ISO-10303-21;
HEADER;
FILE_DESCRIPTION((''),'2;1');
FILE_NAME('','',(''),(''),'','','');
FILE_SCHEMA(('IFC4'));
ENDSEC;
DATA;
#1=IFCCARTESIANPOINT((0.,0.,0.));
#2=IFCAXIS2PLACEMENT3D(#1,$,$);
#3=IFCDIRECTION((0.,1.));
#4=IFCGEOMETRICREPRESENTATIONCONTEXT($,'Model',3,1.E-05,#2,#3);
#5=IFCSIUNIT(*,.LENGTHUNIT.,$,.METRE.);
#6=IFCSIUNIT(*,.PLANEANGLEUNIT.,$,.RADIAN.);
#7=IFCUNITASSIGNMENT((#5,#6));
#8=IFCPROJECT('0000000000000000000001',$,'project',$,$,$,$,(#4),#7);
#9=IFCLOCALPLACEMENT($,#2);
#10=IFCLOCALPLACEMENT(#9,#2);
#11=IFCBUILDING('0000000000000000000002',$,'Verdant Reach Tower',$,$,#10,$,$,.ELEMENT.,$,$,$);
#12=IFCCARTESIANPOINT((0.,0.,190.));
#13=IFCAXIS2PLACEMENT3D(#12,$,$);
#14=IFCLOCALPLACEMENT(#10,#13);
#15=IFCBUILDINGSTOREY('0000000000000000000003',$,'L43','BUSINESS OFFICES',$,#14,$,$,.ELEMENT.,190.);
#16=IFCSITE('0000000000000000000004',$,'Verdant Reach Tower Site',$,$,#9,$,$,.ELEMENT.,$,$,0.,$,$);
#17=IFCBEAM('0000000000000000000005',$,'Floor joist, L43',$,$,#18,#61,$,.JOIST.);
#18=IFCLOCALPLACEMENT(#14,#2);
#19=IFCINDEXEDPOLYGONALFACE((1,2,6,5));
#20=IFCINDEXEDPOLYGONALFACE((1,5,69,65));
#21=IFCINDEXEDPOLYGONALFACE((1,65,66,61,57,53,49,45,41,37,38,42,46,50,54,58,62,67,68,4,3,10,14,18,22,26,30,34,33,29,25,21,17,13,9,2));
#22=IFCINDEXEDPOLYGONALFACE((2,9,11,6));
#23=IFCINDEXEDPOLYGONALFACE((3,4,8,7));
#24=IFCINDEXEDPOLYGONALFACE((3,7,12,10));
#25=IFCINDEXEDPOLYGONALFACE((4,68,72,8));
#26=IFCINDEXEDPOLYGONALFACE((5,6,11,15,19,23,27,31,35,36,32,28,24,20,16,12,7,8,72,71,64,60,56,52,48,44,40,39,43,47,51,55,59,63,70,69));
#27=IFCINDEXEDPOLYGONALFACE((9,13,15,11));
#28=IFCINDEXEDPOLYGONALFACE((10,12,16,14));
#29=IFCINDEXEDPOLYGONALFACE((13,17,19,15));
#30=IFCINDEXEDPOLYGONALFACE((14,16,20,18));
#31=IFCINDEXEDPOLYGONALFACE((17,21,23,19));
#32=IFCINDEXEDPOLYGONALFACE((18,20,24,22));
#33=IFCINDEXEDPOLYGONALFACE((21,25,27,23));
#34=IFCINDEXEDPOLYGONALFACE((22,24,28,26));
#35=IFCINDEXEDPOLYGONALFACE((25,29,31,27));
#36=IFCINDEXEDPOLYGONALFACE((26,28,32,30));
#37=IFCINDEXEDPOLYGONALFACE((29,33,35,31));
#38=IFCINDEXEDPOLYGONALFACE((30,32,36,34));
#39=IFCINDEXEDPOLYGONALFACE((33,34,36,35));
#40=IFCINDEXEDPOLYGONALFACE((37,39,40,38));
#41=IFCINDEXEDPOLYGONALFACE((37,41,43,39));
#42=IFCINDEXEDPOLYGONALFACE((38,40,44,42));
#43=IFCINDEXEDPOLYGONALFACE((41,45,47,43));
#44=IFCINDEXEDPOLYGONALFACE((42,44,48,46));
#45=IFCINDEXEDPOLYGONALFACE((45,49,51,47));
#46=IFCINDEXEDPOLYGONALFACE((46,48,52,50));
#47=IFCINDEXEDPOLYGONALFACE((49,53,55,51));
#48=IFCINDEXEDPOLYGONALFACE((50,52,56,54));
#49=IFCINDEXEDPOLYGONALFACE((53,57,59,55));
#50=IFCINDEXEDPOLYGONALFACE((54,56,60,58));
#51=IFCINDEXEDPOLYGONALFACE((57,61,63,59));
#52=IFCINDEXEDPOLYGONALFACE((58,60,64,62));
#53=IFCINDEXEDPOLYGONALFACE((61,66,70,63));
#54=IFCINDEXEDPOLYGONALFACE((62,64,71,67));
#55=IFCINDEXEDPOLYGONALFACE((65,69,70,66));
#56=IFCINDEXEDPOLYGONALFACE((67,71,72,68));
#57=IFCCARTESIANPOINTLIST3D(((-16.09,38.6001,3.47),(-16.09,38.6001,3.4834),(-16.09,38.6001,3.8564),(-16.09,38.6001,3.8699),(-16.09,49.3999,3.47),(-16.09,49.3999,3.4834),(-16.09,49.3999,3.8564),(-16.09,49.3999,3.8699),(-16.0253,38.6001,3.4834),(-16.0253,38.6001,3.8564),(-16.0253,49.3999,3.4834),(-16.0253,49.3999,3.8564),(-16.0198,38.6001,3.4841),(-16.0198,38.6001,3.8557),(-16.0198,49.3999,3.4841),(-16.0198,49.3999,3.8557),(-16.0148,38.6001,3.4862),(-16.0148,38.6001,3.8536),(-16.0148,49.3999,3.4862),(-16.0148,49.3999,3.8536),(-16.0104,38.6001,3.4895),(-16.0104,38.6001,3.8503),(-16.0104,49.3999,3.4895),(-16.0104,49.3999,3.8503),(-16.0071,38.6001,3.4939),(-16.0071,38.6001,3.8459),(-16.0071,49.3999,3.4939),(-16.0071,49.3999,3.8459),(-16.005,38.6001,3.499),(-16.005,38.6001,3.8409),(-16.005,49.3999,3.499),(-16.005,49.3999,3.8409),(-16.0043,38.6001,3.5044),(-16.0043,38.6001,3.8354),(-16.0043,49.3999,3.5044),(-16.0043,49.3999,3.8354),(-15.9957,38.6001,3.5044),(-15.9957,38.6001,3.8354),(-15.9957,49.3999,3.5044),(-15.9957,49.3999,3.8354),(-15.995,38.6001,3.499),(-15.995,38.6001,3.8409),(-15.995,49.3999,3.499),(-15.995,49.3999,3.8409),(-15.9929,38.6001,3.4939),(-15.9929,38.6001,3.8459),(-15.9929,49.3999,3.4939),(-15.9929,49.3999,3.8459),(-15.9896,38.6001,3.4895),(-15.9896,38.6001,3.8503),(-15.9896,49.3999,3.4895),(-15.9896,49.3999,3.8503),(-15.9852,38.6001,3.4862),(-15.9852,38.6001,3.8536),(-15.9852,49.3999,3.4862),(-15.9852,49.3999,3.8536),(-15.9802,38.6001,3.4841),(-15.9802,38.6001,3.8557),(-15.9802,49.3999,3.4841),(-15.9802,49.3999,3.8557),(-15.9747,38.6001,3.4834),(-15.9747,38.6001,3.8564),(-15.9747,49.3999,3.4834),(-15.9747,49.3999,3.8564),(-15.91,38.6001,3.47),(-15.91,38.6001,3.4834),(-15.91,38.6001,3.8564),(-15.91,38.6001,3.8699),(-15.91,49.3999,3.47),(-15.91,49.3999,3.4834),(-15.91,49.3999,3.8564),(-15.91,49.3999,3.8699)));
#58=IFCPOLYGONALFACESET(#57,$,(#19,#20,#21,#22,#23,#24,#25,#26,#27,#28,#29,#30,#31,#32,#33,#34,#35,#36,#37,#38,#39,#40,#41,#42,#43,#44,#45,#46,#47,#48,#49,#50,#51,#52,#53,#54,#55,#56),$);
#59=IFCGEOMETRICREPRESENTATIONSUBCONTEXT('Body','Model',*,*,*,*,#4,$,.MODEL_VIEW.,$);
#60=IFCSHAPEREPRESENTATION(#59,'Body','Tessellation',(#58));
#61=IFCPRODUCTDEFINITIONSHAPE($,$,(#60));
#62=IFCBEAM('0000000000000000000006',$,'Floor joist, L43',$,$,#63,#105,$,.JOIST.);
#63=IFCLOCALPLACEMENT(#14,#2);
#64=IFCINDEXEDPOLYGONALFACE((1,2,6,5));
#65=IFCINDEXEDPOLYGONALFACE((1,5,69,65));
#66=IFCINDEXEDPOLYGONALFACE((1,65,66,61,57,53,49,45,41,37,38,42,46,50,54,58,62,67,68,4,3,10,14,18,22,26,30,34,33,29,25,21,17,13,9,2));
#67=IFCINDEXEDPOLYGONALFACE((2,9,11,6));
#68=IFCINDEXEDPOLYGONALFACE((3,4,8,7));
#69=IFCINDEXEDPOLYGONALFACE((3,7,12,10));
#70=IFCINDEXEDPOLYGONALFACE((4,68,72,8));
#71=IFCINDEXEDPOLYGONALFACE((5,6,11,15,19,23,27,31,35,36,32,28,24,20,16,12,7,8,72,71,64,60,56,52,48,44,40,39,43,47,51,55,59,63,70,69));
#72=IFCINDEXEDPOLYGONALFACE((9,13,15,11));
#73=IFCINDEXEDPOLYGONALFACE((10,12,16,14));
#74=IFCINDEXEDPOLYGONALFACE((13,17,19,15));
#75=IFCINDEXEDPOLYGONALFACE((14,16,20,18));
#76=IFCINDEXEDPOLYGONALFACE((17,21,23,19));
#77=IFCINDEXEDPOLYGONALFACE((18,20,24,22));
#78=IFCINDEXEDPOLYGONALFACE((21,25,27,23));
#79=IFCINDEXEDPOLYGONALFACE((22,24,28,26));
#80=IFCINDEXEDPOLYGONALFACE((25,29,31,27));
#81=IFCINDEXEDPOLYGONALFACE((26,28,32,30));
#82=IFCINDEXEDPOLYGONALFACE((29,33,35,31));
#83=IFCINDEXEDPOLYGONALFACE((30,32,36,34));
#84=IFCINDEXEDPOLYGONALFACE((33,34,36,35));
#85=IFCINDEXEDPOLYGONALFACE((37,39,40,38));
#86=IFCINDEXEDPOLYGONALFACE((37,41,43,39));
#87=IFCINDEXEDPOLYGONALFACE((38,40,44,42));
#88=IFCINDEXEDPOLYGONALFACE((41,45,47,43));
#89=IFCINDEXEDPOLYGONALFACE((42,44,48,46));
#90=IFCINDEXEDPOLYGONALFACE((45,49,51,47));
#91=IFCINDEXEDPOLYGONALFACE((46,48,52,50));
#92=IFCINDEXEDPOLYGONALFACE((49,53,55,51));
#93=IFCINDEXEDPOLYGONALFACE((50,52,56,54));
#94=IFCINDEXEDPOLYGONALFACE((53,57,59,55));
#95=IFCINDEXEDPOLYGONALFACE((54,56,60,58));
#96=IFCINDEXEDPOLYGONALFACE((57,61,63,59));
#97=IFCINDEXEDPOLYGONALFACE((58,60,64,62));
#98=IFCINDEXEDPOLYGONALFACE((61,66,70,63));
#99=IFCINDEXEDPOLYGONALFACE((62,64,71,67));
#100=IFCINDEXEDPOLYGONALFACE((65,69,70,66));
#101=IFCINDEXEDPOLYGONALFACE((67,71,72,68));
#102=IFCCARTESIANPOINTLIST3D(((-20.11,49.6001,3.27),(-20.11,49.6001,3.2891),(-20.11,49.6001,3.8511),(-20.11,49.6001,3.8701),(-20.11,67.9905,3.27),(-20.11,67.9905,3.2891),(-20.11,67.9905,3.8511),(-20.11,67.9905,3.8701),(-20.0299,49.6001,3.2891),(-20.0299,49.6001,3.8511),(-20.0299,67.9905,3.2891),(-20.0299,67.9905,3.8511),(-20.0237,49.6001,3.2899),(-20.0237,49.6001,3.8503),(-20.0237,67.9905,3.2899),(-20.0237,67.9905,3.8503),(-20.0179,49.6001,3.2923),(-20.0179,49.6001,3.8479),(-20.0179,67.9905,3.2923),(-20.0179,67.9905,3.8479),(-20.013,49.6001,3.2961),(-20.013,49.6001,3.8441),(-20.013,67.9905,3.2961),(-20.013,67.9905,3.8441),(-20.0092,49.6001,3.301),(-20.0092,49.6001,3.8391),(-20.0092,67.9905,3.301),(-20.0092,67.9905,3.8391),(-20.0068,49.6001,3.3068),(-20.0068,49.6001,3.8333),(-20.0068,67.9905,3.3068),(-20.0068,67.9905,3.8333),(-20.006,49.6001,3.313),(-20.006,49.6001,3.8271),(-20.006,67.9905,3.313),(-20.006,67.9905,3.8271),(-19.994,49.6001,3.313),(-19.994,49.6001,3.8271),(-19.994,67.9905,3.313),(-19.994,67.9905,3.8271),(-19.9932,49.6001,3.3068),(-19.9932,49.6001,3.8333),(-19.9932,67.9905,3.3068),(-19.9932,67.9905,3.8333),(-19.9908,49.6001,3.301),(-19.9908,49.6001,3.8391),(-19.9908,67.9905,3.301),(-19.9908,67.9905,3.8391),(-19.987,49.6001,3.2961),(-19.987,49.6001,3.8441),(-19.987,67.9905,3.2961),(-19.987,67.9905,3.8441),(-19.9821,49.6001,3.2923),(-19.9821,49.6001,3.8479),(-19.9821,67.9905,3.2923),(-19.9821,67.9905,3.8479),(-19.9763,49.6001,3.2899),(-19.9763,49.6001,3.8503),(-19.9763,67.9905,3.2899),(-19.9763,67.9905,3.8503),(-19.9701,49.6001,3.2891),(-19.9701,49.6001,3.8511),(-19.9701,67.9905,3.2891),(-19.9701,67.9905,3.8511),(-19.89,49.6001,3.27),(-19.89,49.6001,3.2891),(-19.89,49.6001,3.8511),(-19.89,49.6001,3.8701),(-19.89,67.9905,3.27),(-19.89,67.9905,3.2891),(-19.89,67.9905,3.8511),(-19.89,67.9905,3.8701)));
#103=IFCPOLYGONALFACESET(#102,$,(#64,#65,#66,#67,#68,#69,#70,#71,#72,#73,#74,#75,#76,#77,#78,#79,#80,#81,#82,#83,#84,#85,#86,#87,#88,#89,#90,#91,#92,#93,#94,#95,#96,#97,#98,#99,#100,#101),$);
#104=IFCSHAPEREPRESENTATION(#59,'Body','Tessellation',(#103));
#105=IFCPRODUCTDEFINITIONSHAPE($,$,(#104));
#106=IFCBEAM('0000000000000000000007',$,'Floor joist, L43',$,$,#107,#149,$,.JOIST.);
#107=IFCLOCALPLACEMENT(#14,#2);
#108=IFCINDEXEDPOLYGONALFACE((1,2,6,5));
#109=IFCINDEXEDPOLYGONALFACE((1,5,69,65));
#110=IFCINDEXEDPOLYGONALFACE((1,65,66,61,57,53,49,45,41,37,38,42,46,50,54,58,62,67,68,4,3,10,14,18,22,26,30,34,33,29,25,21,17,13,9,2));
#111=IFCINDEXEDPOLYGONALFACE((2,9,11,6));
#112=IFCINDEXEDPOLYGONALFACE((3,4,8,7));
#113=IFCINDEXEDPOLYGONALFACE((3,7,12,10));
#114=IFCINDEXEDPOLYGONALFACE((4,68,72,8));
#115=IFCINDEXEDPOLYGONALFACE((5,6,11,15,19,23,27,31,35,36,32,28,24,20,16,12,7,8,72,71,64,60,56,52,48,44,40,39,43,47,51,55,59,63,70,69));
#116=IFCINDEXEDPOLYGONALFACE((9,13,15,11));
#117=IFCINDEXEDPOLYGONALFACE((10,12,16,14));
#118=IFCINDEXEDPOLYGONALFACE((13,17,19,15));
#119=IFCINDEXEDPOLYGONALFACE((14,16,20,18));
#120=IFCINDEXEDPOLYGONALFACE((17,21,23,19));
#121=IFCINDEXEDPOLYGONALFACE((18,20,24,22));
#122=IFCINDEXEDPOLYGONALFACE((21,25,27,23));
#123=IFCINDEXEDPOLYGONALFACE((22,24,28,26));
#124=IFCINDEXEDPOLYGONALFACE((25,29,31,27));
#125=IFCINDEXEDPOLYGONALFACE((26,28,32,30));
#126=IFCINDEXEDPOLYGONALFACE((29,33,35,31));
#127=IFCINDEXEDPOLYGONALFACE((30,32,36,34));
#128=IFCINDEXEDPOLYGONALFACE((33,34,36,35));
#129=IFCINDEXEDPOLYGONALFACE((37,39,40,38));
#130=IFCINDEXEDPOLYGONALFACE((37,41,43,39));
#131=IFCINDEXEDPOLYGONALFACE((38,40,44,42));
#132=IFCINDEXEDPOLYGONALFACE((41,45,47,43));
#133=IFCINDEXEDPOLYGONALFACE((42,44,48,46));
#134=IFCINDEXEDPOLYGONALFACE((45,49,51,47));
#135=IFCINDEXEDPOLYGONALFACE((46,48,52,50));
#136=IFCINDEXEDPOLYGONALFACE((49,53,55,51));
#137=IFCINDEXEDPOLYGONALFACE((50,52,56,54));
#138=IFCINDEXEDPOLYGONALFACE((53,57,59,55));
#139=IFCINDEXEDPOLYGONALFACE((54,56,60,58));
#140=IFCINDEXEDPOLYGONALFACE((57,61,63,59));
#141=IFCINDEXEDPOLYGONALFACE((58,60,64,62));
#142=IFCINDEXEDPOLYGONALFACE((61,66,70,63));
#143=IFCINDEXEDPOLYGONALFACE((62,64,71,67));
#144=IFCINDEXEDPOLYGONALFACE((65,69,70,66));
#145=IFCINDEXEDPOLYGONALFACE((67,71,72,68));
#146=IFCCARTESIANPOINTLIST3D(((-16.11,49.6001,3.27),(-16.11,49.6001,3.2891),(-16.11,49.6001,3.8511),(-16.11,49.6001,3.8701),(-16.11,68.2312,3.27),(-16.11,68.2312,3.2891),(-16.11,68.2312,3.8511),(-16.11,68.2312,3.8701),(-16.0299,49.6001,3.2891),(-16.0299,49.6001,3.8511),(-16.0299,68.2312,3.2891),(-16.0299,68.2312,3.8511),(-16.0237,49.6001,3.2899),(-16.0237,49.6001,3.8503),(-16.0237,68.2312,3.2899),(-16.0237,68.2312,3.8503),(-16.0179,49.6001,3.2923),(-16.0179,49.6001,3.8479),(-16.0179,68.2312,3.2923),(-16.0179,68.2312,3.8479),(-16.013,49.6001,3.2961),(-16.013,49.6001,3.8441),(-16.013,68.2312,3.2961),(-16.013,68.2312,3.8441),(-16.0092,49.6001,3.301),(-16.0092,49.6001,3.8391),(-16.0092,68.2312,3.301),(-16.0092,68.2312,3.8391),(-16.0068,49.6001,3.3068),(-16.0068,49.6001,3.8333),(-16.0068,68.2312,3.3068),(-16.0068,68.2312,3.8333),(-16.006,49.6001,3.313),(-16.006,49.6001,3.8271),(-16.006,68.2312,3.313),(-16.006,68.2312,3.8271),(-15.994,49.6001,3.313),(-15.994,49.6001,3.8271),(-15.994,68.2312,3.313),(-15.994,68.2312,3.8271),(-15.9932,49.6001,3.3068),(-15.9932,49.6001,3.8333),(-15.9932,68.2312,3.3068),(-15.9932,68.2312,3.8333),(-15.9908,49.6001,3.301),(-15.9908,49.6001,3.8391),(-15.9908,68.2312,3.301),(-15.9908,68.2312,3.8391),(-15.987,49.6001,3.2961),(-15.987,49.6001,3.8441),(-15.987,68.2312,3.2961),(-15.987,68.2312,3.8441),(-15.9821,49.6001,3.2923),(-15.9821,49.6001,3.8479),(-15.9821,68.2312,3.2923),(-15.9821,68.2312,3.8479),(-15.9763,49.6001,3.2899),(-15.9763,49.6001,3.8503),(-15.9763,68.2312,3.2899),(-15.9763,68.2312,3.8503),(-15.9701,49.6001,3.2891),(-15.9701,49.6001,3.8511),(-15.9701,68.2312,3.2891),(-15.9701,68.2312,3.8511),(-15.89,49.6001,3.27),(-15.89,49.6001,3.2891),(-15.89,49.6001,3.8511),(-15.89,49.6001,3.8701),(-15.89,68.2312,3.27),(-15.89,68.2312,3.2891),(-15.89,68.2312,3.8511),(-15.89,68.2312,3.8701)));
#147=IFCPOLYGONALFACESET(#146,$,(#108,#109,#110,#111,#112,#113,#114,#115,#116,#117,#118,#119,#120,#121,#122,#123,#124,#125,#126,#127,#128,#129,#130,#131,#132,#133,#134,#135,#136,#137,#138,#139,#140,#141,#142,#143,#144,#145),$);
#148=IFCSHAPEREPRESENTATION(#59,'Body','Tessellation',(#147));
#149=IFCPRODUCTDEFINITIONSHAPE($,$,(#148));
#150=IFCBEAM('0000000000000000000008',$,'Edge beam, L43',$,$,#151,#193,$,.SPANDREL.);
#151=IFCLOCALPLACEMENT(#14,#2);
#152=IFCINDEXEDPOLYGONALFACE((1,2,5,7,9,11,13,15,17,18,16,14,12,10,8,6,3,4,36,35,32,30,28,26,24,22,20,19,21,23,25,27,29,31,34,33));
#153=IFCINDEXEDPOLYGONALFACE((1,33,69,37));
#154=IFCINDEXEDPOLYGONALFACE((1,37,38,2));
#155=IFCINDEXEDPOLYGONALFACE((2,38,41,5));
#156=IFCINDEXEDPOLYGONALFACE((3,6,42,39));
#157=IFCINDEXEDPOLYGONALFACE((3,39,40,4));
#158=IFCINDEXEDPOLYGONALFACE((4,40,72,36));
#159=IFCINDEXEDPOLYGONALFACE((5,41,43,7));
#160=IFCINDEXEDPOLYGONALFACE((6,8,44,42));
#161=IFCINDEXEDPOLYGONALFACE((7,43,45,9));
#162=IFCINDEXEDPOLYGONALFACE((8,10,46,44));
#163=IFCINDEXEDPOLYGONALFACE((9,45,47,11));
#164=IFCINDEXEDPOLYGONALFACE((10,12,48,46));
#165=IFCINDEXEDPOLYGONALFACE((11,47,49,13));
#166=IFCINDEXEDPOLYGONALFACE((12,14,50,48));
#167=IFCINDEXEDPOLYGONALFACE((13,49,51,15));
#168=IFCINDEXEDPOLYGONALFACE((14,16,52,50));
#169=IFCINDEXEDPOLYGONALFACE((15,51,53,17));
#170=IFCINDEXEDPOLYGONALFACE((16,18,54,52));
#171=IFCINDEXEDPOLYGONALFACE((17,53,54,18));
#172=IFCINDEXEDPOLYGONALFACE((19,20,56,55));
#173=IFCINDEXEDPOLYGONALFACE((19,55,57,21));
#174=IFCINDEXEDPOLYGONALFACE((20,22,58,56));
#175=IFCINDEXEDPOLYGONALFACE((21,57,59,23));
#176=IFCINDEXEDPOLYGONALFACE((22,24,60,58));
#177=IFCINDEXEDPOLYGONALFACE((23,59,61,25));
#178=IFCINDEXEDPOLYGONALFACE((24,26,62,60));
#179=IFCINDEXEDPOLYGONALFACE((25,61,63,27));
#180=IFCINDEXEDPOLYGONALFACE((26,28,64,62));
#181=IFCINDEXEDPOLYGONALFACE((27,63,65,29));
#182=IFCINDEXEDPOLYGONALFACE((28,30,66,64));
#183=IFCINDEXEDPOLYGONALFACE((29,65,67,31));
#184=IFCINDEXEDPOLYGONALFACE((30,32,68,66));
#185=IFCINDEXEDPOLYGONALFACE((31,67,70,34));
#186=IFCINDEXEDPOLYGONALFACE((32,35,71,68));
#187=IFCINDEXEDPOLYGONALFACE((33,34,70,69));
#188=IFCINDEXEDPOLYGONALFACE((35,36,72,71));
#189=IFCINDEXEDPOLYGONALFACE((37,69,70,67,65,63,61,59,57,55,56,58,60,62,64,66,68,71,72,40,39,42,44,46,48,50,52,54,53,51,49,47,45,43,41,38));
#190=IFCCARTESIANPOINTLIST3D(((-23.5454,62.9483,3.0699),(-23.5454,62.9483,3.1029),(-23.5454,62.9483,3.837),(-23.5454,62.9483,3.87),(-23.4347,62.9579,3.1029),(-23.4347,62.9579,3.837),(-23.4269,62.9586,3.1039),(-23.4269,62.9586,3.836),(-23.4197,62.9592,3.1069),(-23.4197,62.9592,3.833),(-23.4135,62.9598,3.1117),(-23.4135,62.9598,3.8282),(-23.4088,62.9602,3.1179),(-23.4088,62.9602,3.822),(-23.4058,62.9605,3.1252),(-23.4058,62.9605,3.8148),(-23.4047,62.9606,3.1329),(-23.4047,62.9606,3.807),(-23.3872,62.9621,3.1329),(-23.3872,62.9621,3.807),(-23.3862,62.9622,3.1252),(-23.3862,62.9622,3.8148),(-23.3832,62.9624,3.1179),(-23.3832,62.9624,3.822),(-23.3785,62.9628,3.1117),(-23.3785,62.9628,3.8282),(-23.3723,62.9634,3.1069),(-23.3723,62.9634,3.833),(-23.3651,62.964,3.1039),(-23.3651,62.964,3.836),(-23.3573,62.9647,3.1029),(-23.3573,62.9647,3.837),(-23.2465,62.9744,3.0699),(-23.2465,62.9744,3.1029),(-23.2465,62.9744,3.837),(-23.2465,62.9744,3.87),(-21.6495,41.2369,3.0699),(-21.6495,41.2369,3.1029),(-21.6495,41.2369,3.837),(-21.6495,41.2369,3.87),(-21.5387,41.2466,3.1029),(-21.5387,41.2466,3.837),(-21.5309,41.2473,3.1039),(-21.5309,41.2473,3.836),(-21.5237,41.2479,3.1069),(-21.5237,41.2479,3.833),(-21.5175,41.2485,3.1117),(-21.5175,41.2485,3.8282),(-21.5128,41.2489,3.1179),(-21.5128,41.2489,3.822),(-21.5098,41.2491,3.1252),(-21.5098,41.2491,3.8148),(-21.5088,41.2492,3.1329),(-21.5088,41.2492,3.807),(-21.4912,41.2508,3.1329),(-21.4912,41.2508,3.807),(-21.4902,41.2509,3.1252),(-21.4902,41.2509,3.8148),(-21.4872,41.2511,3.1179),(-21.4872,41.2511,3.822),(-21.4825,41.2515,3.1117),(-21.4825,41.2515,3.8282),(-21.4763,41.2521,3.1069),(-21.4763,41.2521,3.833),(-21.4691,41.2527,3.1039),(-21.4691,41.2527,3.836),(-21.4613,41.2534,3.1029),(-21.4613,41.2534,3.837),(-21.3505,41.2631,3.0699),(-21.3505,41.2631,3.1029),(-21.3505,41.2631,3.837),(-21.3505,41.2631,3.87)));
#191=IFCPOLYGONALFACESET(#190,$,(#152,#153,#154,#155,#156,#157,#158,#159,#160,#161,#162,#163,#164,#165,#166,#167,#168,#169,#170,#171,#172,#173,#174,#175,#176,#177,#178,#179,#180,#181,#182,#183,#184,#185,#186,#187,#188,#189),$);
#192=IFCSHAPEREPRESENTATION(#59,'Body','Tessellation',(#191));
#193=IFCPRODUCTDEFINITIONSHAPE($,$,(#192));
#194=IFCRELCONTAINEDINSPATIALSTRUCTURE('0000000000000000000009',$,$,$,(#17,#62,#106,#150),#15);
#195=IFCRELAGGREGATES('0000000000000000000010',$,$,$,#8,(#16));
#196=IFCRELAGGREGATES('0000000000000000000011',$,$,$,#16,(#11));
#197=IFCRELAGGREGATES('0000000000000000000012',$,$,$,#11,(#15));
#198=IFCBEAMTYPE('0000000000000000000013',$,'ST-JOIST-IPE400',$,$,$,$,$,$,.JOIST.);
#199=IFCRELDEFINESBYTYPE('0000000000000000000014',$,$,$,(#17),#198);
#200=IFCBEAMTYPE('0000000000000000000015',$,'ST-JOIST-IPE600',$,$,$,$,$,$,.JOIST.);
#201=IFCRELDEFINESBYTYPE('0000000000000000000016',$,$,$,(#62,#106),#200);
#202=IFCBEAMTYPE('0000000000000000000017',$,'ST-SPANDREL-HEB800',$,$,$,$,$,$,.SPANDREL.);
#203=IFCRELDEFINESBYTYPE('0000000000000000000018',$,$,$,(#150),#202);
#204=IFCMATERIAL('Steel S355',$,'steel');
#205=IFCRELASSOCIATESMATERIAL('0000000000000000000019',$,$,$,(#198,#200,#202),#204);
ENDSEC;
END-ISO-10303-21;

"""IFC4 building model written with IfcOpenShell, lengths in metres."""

from ifc_helpers import new_model, si_unit, direction, frame, origin, origin_2d, place, context, subcontext, project, spatial, i_section, extrude, material, material_profile, profile_set, type_object, element, save


model = new_model("IFC4")

# Units and contexts
model_context = context("Model", 3, precision=1e-05, world=origin(), true_north=direction((0.0, 1.0)))
body_context = subcontext(model_context, "Body", "Model", "MODEL_VIEW")
ifc_project = project(units=[si_unit("LENGTHUNIT", "METRE"), si_unit("PLANEANGLEUNIT", "RADIAN")], contexts=[model_context])

# Site, building, storey
site_placement = place(None, origin())
site = spatial("IfcSite", under=ifc_project, at=site_placement, Name="Verdant Reach Tower Site", CompositionType="ELEMENT", RefElevation=0.0)
building_placement = place(site_placement, origin())
building = spatial("IfcBuilding", under=site, at=building_placement, Name="Verdant Reach Tower", CompositionType="ELEMENT")
storey_placement = place(building_placement, frame((0.0, 0.0, 190.0)))
storey = spatial("IfcBuildingStorey", under=building, at=storey_placement, Name="L43", Description="BUSINESS OFFICES", CompositionType="ELEMENT", Elevation=190.0)

# Beams
ifc_material_1 = material(Name="Steel S355", Category="steel")
ifc_material_profile_1 = material_profile(ifc_material_1, i_section(OverallWidth=0.1799, OverallDepth=0.3999, WebThickness=0.0085, FlangeThickness=0.0134, FilletRadius=0.021, at=origin_2d()), Name="IPE 400")
ifc_profile_set_1 = profile_set([ifc_material_profile_1], Name="Steel S355")
beam_type_1 = type_object("IfcBeamType", Name="ST-JOIST-IPE400", PredefinedType="JOIST", material=ifc_profile_set_1)
for number, where, z_axis, x_axis, name in (
    (1, (-16.0, 38.6001, 3.6699), (0.0, 1.0, 0.0), (-1.0, 0.0, 0.0), "Floor joist, L43"),
):
    element("IfcBeam", number, at=place(storey_placement, frame(where, z_axis=z_axis, x_axis=x_axis)), inside=storey, type_object=beam_type_1, Name=name, PredefinedType="JOIST", context=body_context, shape_type="SweptSolid", body=[
        extrude(i_section(OverallWidth=0.1799, OverallDepth=0.3999, WebThickness=0.0085, FlangeThickness=0.0134, FilletRadius=0.021, at=origin_2d()), origin(), (0.0, 0.0, 1.0), 10.7998),
    ])
ifc_material_profile_2 = material_profile(ifc_material_1, i_section(OverallWidth=0.22, OverallDepth=0.6001, WebThickness=0.012, FlangeThickness=0.019, FilletRadius=0.0239, at=origin_2d()), Name="IPE 600")
ifc_profile_set_2 = profile_set([ifc_material_profile_2], Name="Steel S355")
beam_type_2 = type_object("IfcBeamType", Name="ST-JOIST-IPE600", PredefinedType="JOIST", material=ifc_profile_set_2)
beam_1_placement = place(storey_placement, frame((-20.0, 49.6001, 3.5701), z_axis=(0.0, 1.0, 0.0), x_axis=(-1.0, 0.0, 0.0)))
element("IfcBeam", 2, at=beam_1_placement, inside=storey, type_object=beam_type_2, Name="Floor joist, L43", PredefinedType="JOIST", context=body_context, shape_type="SweptSolid", body=[
    extrude(i_section(OverallWidth=0.22, OverallDepth=0.6001, WebThickness=0.012, FlangeThickness=0.019, FilletRadius=0.0239, at=origin_2d()), origin(), (0.0, 0.0, 1.0), 18.3904),
])
beam_2_placement = place(storey_placement, frame((-16.0, 49.6001, 3.5701), z_axis=(0.0, 1.0, 0.0), x_axis=(-1.0, 0.0, 0.0)))
element("IfcBeam", 3, at=beam_2_placement, inside=storey, type_object=beam_type_2, Name="Floor joist, L43", PredefinedType="JOIST", context=body_context, shape_type="SweptSolid", body=[
    extrude(i_section(OverallWidth=0.22, OverallDepth=0.6001, WebThickness=0.012, FlangeThickness=0.019, FilletRadius=0.0239, at=origin_2d()), origin(), (0.0, 0.0, 1.0), 18.6311),
])
ifc_material_profile_3 = material_profile(ifc_material_1, i_section(OverallWidth=0.3, OverallDepth=0.8, WebThickness=0.0176, FlangeThickness=0.033, FilletRadius=0.03, at=origin_2d()), Name="HEB 800")
ifc_profile_set_3 = profile_set([ifc_material_profile_3], Name="Steel S355")
beam_type_3 = type_object("IfcBeamType", Name="ST-SPANDREL-HEB800", PredefinedType="SPANDREL", material=ifc_profile_set_3)
beam_3_placement = place(storey_placement, frame((-21.5, 41.25, 3.47), z_axis=(-0.086996, 0.996209, 0.0), x_axis=(-0.996209, -0.086996, 0.0)))
element("IfcBeam", 4, at=beam_3_placement, inside=storey, type_object=beam_type_3, Name="Edge beam, L43", PredefinedType="SPANDREL", context=body_context, shape_type="SweptSolid", body=[
    extrude(i_section(OverallWidth=0.3, OverallDepth=0.8, WebThickness=0.0176, FlangeThickness=0.033, FilletRadius=0.03, at=origin_2d()), origin(), (0.0, 0.0, 1.0), 21.7939),
])

save(model, "model.ifc")
